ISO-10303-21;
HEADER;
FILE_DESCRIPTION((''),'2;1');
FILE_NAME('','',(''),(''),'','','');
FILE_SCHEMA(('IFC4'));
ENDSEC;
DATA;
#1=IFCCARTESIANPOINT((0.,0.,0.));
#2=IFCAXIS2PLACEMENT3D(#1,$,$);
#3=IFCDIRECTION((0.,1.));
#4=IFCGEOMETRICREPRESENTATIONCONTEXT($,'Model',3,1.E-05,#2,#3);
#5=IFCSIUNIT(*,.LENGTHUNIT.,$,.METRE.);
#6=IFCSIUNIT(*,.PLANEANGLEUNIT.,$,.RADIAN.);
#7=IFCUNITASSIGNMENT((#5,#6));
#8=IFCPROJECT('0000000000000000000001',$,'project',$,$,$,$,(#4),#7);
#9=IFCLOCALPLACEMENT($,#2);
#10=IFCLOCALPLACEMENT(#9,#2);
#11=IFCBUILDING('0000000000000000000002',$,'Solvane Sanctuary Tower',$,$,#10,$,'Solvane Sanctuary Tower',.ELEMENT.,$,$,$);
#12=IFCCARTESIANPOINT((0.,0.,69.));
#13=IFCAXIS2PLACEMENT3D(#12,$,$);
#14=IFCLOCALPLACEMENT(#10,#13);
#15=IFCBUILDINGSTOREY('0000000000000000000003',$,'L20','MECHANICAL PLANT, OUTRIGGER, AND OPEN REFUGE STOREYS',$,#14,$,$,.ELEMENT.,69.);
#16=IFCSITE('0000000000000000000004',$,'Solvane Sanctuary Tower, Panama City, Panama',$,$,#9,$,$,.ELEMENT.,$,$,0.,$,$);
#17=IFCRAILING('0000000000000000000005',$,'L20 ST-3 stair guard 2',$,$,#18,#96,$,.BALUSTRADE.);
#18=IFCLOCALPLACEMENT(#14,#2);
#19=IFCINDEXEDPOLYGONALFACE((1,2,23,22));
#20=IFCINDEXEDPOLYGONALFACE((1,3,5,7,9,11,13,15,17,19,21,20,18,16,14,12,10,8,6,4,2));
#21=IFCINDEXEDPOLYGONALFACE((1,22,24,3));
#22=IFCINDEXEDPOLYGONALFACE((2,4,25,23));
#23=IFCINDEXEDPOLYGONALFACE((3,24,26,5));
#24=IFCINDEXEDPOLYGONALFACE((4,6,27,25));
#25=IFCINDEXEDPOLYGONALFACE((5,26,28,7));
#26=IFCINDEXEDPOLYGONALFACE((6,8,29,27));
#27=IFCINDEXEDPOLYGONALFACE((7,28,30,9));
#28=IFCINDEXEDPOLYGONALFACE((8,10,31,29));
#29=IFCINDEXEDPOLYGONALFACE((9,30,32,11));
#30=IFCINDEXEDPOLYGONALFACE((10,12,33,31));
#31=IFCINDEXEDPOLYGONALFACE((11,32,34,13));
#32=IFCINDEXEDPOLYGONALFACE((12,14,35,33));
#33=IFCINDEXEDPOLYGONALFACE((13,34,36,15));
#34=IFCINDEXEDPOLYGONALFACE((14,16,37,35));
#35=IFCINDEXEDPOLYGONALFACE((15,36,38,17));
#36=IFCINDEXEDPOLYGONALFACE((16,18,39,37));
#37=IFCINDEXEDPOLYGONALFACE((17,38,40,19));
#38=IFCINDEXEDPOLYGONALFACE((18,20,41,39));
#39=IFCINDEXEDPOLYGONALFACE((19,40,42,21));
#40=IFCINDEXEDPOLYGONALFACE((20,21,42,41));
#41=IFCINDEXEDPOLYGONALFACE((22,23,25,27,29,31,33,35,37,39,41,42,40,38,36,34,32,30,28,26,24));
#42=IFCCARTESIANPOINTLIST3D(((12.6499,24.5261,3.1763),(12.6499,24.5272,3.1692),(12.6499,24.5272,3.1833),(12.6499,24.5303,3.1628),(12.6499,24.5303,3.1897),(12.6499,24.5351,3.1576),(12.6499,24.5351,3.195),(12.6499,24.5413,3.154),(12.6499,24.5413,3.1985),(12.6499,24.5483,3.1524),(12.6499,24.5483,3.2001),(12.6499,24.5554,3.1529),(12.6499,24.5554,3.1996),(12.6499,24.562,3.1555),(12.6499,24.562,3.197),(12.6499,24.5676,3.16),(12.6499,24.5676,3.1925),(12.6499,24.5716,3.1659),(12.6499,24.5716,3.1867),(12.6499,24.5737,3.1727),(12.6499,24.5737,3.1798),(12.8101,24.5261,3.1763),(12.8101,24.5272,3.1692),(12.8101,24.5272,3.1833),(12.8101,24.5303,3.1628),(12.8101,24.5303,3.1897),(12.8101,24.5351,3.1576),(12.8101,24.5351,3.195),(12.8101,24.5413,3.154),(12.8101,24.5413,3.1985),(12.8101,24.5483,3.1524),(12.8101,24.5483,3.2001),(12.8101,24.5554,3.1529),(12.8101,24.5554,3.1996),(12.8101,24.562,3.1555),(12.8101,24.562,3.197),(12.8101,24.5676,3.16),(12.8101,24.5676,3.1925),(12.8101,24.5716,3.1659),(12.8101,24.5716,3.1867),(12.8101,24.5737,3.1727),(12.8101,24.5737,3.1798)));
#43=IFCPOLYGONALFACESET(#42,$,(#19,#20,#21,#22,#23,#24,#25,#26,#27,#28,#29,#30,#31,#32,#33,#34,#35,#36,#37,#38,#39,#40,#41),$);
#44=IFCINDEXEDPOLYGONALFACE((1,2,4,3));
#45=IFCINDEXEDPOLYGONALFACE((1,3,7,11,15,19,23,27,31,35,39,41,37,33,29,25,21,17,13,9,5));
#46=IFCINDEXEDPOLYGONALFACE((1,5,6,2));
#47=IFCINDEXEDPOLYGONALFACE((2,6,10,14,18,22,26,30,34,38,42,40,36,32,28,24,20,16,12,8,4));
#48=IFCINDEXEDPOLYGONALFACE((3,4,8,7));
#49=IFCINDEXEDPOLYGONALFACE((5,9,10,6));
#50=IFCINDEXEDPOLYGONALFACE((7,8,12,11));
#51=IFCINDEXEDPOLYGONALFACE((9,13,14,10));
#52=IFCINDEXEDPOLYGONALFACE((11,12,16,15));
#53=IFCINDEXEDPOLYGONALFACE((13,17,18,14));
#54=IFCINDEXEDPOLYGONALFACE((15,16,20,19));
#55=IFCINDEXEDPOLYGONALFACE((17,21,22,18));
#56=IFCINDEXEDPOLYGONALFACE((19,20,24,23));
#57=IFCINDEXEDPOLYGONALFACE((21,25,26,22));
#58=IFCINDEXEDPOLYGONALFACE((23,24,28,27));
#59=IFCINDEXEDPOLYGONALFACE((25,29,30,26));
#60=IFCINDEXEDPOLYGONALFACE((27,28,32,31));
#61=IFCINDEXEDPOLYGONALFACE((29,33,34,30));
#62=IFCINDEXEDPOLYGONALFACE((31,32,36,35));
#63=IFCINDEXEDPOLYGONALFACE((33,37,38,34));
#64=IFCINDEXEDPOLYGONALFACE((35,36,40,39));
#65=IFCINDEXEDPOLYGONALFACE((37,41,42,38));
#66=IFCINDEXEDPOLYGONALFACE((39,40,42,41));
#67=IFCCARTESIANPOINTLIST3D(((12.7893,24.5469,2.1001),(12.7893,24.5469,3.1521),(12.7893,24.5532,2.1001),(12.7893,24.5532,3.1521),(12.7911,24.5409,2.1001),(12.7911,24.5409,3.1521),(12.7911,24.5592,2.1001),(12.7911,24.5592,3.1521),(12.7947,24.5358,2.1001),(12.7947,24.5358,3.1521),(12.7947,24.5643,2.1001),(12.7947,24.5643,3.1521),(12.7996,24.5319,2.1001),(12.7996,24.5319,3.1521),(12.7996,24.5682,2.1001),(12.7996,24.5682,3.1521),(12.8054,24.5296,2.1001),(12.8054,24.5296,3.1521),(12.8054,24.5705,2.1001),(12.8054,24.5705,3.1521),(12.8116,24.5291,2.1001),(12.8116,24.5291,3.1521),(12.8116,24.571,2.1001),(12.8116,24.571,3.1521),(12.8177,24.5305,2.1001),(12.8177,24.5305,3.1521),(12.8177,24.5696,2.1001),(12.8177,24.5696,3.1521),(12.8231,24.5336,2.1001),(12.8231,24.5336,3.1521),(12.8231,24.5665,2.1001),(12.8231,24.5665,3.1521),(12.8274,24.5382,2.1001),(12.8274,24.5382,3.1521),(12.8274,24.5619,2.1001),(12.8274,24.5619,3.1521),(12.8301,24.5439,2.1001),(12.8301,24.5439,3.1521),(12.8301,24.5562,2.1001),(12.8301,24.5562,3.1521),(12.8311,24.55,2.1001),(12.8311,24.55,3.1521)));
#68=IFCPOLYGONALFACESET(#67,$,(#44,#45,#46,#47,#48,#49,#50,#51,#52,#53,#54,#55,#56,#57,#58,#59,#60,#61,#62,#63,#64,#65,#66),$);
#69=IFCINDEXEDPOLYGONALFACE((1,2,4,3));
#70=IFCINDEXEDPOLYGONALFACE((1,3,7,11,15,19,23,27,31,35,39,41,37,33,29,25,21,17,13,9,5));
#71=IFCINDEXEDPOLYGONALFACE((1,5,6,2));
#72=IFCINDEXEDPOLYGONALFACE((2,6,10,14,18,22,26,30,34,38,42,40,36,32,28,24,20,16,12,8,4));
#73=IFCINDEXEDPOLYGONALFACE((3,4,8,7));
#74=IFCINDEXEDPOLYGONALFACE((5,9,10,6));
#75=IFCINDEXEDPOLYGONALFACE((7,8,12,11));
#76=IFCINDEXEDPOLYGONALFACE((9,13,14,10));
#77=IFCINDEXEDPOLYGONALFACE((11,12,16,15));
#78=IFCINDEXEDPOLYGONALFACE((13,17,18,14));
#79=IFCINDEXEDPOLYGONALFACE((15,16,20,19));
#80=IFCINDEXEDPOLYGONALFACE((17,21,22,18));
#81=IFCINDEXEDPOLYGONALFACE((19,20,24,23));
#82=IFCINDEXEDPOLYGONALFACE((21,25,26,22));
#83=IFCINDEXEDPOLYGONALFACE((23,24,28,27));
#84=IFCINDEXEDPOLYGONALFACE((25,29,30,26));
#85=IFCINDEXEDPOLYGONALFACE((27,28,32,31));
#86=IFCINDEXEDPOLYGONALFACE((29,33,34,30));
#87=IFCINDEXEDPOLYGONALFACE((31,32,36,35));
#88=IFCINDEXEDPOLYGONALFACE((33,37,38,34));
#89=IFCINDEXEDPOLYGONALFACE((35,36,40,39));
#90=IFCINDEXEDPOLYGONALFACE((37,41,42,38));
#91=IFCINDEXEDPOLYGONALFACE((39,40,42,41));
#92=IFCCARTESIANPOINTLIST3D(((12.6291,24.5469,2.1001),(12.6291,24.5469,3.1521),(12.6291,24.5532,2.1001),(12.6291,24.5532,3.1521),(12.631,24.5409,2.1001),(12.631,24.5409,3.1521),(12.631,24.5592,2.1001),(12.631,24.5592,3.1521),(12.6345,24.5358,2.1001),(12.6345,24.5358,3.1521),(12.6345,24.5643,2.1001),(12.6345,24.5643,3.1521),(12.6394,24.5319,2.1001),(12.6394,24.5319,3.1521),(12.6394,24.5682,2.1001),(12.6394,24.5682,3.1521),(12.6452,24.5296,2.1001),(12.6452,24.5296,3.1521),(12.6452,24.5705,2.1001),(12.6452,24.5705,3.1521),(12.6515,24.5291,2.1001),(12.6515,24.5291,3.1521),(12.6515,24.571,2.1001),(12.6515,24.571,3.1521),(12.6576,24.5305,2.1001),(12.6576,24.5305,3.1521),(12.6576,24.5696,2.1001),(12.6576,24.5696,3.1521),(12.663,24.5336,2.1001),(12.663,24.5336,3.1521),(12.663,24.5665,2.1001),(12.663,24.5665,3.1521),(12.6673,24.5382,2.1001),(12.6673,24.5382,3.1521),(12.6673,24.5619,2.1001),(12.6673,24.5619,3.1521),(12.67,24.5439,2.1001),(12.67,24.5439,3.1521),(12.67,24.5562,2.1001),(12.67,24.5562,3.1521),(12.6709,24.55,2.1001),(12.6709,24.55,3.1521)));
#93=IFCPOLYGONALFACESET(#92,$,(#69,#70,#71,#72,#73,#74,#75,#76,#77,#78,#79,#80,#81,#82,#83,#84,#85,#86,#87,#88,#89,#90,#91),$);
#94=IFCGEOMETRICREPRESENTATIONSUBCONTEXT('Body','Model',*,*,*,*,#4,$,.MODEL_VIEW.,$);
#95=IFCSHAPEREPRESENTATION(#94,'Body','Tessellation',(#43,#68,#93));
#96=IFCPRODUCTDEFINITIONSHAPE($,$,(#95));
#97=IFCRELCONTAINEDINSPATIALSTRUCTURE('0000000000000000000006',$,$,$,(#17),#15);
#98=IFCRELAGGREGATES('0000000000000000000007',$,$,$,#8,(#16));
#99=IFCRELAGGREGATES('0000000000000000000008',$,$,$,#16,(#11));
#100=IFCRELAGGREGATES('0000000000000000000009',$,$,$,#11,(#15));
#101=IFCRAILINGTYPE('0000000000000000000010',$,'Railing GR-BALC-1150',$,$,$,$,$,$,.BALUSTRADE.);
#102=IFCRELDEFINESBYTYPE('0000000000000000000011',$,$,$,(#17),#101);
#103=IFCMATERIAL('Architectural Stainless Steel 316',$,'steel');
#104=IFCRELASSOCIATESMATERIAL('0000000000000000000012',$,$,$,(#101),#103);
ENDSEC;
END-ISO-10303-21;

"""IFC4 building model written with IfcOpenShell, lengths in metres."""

from ifc_helpers import new_model, si_unit, direction, frame, origin, origin_2d, place, context, subcontext, project, spatial, circle, extrude, material, type_object, element, save


model = new_model("IFC4")

# Units and contexts
model_context = context("Model", 3, precision=1e-05, world=origin(), true_north=direction((0.0, 1.0)))
body_context = subcontext(model_context, "Body", "Model", "MODEL_VIEW")
ifc_project = project(units=[si_unit("LENGTHUNIT", "METRE"), si_unit("PLANEANGLEUNIT", "RADIAN")], contexts=[model_context])

# Site, building, storey
site_placement = place(None, origin())
site = spatial("IfcSite", under=ifc_project, at=site_placement, Name="Solvane Sanctuary Tower, Panama City, Panama", CompositionType="ELEMENT", RefElevation=0.0)
building_placement = place(site_placement, origin())
building = spatial("IfcBuilding", under=site, at=building_placement, Name="Solvane Sanctuary Tower", LongName="Solvane Sanctuary Tower", CompositionType="ELEMENT")
storey_placement = place(building_placement, frame((0.0, 0.0, 69.0)))
storey = spatial("IfcBuildingStorey", under=building, at=storey_placement, Name="L20", Description="MECHANICAL PLANT, OUTRIGGER, AND OPEN REFUGE STOREYS", CompositionType="ELEMENT", Elevation=69.0)

# Shared definitions
ifc_material_1 = material(Name="Architectural Stainless Steel 316", Category="steel")

# Railing
railing_type_1 = type_object("IfcRailingType", Name="Railing GR-BALC-1150", PredefinedType="BALUSTRADE", material=ifc_material_1)
railing_1_placement = place(storey_placement, frame((12.8101, 24.55, 2.1001)))
element("IfcRailing", 1, at=railing_1_placement, inside=storey, type_object=railing_type_1, Name="L20 ST-3 stair guard 2", PredefinedType="BALUSTRADE", context=body_context, shape_type="SweptSolid", body=[
    extrude(circle(Radius=0.0239, at=origin_2d()), frame((0.0, 0.0, 1.0762), z_axis=(-1.0, 0.0, 0.0), x_axis=(0.0, -1.0, 0.0)), (0.0, 0.0, 1.0), 0.1602),
    extrude(circle(Radius=0.021, at=origin_2d()), origin(), (0.0, 0.0, 1.0), 1.052),
    extrude(circle(Radius=0.021, at=origin_2d()), frame((-0.1602, 0.0, 0.0)), (0.0, 0.0, 1.0), 1.052),
])

save(model, "model.ifc")
